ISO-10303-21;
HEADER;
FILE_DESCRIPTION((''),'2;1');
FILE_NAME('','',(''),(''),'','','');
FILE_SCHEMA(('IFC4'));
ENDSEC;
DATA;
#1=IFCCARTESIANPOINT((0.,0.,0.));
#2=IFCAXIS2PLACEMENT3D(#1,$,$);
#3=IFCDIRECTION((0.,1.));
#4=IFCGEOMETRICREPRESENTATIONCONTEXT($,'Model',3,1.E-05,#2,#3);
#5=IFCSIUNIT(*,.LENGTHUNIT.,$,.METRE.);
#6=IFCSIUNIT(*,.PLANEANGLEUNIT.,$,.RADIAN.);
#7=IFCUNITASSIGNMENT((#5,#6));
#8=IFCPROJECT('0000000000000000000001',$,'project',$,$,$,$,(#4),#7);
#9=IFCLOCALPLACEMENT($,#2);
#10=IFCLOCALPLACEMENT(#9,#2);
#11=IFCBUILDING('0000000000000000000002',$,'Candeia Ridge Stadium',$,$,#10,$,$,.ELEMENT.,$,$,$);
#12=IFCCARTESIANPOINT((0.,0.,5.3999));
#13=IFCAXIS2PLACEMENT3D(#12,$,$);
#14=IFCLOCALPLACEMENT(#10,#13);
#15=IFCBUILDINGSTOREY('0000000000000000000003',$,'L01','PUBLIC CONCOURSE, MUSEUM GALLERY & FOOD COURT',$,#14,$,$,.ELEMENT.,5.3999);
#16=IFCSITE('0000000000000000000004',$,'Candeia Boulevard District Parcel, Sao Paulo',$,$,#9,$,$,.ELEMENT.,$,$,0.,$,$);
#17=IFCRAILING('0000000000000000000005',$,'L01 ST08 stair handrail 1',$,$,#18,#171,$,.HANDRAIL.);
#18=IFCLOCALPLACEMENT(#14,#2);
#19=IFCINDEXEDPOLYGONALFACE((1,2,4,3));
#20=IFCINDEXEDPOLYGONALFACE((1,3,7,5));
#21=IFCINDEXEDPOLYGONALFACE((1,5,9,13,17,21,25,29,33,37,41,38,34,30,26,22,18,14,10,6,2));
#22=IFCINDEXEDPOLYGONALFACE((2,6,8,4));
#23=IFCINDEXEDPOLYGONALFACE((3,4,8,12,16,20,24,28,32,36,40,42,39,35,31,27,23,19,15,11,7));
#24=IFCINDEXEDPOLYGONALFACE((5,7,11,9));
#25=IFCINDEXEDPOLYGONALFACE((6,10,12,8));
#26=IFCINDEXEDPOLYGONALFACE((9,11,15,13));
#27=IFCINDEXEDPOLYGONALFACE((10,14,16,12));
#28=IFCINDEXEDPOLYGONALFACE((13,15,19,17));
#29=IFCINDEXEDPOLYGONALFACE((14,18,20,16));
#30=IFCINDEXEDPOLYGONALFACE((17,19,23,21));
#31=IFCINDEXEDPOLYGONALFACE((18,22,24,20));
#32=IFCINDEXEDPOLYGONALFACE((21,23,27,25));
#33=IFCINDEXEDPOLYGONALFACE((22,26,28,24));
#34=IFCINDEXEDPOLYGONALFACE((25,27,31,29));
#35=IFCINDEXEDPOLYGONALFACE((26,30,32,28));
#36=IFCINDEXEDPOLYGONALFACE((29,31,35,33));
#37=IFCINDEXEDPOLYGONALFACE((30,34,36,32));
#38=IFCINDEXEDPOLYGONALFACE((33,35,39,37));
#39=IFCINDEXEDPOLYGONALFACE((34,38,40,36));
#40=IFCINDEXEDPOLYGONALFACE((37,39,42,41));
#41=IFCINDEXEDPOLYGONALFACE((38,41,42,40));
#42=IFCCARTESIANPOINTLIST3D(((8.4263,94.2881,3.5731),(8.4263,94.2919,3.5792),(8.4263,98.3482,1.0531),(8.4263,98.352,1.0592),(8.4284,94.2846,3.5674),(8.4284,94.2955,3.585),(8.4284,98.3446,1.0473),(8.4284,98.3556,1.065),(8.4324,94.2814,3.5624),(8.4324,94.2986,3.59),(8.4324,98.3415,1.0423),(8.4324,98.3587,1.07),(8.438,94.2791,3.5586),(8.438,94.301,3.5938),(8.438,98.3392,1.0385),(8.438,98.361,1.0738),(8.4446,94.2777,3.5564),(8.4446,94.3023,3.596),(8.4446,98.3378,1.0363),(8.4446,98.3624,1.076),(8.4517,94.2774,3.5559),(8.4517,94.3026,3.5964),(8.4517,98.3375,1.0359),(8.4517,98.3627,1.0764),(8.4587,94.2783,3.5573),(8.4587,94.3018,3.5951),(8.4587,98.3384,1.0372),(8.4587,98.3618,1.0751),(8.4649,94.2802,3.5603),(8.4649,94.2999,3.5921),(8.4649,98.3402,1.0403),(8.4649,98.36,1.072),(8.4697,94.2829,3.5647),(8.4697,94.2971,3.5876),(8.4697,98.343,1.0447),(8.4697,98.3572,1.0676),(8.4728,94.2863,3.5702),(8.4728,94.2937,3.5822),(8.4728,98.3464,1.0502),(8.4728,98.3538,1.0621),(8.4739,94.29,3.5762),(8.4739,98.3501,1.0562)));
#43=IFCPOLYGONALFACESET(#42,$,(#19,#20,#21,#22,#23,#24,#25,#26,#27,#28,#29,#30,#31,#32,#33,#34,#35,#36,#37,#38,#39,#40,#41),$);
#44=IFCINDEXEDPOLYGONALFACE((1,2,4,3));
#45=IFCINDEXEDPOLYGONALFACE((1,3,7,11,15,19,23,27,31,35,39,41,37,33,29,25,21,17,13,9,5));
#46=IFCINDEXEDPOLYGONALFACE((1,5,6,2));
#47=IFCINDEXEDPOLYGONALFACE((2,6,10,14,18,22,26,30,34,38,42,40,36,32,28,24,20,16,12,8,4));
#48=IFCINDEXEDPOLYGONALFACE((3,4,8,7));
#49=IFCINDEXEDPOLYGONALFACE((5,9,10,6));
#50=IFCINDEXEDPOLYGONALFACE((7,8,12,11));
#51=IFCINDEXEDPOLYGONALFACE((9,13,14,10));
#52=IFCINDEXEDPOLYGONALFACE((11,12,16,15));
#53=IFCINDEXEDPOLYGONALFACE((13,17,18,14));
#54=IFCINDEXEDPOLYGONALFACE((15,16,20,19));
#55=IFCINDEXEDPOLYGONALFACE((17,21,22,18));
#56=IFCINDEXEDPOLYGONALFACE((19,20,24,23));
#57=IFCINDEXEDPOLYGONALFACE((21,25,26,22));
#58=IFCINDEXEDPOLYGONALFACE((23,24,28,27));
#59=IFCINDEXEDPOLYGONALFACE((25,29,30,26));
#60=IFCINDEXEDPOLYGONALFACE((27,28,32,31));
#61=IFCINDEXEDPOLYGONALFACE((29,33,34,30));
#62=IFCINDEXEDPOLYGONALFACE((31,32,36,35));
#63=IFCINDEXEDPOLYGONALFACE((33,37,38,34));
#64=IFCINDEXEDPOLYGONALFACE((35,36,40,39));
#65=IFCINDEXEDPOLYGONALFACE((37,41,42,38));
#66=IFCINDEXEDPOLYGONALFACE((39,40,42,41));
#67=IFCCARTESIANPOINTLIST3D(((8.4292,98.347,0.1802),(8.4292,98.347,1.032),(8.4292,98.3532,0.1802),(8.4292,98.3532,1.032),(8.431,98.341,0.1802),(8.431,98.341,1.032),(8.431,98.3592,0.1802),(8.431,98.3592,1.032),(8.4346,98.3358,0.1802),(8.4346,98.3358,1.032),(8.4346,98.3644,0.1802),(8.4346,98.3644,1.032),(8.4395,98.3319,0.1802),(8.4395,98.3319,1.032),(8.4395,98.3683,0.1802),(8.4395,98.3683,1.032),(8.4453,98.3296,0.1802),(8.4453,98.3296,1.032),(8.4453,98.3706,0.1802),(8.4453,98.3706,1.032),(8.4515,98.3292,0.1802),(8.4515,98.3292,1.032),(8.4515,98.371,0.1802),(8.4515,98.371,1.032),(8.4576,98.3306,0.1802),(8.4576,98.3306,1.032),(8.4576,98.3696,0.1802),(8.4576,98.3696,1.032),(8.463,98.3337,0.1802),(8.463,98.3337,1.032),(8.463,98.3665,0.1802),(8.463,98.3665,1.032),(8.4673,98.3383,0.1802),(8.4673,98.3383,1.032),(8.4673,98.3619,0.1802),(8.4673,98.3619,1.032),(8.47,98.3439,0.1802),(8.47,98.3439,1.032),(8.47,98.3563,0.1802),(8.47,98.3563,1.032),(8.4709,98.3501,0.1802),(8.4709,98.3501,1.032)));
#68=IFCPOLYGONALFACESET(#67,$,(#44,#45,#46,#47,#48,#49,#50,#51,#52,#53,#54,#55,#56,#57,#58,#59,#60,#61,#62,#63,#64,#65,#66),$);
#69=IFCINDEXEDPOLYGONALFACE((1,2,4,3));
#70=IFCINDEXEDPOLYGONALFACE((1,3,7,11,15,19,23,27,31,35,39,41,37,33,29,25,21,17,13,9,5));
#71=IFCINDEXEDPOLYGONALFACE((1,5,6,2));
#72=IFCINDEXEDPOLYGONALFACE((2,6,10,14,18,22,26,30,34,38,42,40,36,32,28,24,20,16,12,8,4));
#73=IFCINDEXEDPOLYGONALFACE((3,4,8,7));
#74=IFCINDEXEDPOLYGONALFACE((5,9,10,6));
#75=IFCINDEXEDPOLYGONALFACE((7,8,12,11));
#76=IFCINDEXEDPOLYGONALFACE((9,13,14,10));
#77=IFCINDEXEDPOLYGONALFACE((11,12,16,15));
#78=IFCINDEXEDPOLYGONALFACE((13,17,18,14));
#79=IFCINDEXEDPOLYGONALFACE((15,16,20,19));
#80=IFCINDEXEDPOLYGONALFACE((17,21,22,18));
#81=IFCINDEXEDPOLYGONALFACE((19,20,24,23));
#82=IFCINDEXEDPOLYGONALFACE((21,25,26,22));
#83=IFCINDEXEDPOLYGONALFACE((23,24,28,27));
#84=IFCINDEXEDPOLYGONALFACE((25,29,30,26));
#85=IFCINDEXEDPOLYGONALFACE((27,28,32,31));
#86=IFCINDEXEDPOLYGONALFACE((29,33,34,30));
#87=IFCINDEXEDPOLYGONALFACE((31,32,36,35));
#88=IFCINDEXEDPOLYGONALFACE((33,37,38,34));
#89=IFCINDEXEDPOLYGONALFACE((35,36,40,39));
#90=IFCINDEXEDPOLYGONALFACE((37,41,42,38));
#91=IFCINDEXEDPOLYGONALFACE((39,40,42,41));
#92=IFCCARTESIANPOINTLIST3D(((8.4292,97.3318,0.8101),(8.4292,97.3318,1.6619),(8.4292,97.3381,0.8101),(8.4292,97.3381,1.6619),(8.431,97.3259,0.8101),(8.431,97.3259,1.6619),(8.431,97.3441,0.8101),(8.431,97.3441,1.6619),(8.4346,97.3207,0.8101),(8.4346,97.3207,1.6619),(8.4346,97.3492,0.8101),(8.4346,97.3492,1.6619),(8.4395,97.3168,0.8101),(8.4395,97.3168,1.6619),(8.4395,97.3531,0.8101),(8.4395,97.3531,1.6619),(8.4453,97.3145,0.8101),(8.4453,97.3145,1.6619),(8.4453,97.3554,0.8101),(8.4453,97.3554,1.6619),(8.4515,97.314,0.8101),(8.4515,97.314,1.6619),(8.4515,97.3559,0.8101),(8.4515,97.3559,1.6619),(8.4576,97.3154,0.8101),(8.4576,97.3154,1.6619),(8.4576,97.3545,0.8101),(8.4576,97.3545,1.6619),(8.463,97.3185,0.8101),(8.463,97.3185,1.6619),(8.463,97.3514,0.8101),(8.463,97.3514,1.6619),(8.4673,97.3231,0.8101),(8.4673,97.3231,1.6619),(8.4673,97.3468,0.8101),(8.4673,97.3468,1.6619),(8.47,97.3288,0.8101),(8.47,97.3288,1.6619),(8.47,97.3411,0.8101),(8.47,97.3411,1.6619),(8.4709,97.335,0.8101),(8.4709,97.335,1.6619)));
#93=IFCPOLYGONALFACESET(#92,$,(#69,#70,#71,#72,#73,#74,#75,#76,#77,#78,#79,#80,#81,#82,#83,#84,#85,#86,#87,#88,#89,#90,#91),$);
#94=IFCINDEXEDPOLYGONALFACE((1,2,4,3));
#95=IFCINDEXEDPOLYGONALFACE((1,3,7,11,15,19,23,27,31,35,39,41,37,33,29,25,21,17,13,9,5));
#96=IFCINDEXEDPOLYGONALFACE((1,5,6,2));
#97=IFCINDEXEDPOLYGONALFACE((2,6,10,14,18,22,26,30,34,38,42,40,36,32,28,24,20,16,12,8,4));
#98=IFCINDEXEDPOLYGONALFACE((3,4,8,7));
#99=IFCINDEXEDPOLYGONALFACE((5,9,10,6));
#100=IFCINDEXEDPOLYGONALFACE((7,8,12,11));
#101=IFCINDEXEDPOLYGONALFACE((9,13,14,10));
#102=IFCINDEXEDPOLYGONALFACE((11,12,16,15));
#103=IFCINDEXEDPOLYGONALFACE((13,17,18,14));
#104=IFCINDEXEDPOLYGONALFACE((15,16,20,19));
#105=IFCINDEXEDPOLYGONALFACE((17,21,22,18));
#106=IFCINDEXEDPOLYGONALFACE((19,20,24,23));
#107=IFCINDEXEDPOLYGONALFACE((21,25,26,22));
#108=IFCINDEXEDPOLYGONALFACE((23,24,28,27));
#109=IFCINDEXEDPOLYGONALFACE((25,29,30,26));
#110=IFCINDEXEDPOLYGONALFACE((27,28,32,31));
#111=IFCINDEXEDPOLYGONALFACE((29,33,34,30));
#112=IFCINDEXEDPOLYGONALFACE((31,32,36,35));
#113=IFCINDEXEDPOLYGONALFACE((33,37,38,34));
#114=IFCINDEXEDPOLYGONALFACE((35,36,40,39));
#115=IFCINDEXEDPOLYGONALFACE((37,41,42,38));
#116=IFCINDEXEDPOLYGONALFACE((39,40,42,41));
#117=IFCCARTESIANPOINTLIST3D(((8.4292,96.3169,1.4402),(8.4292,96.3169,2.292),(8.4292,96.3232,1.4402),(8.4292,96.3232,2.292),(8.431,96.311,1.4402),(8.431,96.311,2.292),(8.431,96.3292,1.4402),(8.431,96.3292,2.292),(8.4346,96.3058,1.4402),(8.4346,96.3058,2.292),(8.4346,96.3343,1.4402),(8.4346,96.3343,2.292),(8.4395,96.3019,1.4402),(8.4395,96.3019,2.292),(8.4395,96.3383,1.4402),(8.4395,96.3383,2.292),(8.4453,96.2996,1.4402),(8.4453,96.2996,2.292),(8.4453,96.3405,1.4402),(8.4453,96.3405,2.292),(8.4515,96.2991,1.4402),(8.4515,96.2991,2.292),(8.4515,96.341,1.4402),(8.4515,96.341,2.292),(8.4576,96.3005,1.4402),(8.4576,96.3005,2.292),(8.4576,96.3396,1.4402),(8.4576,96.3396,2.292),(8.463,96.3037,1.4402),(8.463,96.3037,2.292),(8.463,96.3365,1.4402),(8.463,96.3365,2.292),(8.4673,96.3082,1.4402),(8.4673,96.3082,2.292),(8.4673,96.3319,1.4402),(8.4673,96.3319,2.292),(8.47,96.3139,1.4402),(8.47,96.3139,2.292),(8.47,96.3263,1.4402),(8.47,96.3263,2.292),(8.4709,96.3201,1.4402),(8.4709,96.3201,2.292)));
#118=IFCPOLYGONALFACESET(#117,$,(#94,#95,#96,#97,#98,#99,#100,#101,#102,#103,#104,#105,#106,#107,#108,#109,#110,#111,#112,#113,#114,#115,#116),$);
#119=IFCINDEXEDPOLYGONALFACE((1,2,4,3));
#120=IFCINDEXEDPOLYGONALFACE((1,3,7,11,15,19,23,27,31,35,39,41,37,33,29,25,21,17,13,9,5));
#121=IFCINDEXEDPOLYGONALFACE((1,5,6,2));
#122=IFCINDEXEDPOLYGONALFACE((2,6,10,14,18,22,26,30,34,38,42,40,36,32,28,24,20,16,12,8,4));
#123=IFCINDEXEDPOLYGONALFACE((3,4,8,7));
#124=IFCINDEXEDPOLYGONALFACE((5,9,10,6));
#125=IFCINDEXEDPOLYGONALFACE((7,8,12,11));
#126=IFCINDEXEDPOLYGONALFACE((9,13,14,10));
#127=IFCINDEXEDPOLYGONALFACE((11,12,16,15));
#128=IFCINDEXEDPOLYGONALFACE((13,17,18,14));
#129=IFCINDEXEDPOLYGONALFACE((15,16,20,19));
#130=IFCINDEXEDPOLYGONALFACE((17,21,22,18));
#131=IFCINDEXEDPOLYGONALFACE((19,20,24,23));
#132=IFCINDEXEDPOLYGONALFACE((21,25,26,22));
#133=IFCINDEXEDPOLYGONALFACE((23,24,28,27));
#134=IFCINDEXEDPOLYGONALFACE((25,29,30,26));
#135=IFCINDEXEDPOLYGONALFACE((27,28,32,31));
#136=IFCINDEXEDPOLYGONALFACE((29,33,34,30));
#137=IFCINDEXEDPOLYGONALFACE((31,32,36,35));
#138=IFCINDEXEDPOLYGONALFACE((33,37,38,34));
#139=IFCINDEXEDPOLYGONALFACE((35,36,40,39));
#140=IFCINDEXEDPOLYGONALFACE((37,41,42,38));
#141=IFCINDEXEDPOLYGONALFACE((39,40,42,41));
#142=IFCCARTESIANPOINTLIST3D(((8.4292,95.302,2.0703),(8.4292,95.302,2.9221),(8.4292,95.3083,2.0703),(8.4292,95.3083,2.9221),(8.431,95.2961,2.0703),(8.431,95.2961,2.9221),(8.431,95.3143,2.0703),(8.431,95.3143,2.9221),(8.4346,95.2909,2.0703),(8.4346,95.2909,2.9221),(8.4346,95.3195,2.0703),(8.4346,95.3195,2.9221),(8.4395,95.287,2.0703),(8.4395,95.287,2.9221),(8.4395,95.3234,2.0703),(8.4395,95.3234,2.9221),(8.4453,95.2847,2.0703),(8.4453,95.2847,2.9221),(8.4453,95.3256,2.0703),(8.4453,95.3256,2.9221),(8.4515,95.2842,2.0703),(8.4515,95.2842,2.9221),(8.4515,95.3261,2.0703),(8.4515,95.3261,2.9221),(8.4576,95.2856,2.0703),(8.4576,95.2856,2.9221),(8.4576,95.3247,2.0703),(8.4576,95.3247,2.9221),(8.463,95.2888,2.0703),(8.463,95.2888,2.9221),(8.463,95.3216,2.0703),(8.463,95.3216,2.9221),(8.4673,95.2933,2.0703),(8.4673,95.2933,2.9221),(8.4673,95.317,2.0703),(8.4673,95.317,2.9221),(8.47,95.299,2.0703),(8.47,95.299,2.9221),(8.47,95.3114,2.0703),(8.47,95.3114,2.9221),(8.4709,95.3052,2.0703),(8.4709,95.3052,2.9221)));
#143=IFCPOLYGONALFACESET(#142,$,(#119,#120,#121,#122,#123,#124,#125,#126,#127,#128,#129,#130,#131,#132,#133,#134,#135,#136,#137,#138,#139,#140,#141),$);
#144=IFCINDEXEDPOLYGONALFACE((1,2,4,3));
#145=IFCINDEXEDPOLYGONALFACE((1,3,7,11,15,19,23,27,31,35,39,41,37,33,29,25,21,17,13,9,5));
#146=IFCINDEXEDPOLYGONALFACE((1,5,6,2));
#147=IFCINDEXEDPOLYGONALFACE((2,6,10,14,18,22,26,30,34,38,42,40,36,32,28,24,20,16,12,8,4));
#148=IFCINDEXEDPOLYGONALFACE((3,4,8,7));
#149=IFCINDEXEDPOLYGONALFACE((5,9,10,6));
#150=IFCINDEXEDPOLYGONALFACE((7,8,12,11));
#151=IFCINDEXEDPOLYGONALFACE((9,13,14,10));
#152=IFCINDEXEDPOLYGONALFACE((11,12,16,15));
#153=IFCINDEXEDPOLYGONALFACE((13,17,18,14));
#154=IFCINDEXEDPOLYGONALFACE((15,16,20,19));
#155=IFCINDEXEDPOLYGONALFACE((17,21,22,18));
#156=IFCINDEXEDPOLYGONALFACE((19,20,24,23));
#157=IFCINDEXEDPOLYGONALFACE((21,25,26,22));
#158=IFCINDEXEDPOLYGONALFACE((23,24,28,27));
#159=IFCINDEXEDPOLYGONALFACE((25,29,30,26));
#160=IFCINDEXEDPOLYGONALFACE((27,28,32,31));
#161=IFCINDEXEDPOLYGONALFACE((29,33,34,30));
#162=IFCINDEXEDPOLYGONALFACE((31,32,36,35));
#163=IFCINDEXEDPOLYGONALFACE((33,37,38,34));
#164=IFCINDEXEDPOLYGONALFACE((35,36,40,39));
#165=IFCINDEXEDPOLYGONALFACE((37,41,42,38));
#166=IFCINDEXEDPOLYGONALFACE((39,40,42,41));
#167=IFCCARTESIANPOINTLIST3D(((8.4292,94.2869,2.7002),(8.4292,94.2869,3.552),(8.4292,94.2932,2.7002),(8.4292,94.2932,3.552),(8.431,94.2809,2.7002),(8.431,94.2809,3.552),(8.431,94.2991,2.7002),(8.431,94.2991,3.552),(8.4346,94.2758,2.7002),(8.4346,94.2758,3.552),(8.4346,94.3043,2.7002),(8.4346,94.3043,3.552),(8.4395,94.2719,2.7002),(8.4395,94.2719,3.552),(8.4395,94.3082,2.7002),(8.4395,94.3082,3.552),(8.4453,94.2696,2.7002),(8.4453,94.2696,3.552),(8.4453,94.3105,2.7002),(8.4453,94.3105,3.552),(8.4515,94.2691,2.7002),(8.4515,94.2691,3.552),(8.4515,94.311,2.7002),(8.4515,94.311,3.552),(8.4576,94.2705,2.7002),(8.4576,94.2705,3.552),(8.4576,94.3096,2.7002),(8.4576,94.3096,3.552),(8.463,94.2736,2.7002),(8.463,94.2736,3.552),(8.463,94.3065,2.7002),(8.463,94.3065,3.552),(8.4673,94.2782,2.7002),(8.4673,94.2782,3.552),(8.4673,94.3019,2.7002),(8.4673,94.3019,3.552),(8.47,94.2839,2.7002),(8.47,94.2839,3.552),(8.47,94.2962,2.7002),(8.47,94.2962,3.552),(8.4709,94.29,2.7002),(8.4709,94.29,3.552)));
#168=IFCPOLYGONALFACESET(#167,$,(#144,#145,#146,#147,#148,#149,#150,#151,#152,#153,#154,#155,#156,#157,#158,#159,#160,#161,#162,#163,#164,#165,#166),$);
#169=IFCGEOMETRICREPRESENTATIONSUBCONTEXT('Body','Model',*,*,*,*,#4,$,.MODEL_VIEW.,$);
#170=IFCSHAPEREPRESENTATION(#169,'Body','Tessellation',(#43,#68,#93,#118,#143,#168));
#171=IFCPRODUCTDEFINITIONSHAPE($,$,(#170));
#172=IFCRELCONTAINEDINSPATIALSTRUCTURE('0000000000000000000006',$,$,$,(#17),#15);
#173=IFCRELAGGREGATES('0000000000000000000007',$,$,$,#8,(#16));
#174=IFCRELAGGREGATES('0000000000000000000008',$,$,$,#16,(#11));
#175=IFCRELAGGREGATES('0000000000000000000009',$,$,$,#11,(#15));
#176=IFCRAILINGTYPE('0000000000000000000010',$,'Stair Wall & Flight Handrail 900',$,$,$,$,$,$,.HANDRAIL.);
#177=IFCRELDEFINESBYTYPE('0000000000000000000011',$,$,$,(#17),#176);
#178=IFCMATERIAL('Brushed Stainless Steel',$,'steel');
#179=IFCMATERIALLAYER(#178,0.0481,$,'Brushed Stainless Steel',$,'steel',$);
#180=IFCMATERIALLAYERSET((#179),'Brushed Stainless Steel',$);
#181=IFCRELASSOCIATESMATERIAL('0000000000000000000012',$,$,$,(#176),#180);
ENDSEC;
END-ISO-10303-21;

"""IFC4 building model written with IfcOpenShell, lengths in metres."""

from ifc_helpers import new_model, si_unit, direction, frame, origin, origin_2d, place, context, subcontext, project, spatial, circle, extrude, material, layer, layer_set, type_object, element, save


model = new_model("IFC4")

# Units and contexts
model_context = context("Model", 3, precision=1e-05, world=origin(), true_north=direction((0.0, 1.0)))
body_context = subcontext(model_context, "Body", "Model", "MODEL_VIEW")
ifc_project = project(units=[si_unit("LENGTHUNIT", "METRE"), si_unit("PLANEANGLEUNIT", "RADIAN")], contexts=[model_context])

# Site, building, storey
site_placement = place(None, origin())
site = spatial("IfcSite", under=ifc_project, at=site_placement, Name="Candeia Boulevard District Parcel, Sao Paulo", CompositionType="ELEMENT", RefElevation=0.0)
building_placement = place(site_placement, origin())
building = spatial("IfcBuilding", under=site, at=building_placement, Name="Candeia Ridge Stadium", CompositionType="ELEMENT")
storey_placement = place(building_placement, frame((0.0, 0.0, 5.3999)))
storey = spatial("IfcBuildingStorey", under=building, at=storey_placement, Name="L01", Description="PUBLIC CONCOURSE, MUSEUM GALLERY & FOOD COURT", CompositionType="ELEMENT", Elevation=5.3999)

# Railing
ifc_material_1 = material(Name="Brushed Stainless Steel", Category="steel")
ifc_layer_1 = layer(ifc_material_1, 0.0481, Name="Brushed Stainless Steel", Category="steel")
ifc_layer_set_1 = layer_set([ifc_layer_1], Name="Brushed Stainless Steel")
railing_type_1 = type_object("IfcRailingType", Name="Stair Wall & Flight Handrail 900", PredefinedType="HANDRAIL", material=ifc_layer_set_1)
railing_1_placement = place(storey_placement, frame((8.45, 98.3501, 0.1802)))
element("IfcRailing", 1, at=railing_1_placement, inside=storey, type_object=railing_type_1, Name="L01 ST08 stair handrail 1", PredefinedType="HANDRAIL", context=body_context, shape_type="SweptSolid", body=[
    extrude(circle(Radius=0.0239, at=origin_2d()), frame((0.0, 0.0, 0.876), z_axis=(0.0, -0.849642, 0.52736), x_axis=(1.0, 0.0, 0.0)), (0.0, 0.0, 1.0), 4.7786),
    extrude(circle(Radius=0.021, at=origin_2d()), origin(), (0.0, 0.0, 1.0), 0.8518),
    extrude(circle(Radius=0.021, at=origin_2d()), frame((0.0, -1.0151, 0.6299)), (0.0, 0.0, 1.0), 0.8518),
    extrude(circle(Radius=0.021, at=origin_2d()), frame((0.0, -2.03, 1.26)), (0.0, 0.0, 1.0), 0.8518),
    extrude(circle(Radius=0.021, at=origin_2d()), frame((0.0, -3.0449, 1.8901)), (0.0, 0.0, 1.0), 0.8518),
    extrude(circle(Radius=0.021, at=origin_2d()), frame((0.0, -4.0601, 2.52)), (0.0, 0.0, 1.0), 0.8518),
])

save(model, "model.ifc")
